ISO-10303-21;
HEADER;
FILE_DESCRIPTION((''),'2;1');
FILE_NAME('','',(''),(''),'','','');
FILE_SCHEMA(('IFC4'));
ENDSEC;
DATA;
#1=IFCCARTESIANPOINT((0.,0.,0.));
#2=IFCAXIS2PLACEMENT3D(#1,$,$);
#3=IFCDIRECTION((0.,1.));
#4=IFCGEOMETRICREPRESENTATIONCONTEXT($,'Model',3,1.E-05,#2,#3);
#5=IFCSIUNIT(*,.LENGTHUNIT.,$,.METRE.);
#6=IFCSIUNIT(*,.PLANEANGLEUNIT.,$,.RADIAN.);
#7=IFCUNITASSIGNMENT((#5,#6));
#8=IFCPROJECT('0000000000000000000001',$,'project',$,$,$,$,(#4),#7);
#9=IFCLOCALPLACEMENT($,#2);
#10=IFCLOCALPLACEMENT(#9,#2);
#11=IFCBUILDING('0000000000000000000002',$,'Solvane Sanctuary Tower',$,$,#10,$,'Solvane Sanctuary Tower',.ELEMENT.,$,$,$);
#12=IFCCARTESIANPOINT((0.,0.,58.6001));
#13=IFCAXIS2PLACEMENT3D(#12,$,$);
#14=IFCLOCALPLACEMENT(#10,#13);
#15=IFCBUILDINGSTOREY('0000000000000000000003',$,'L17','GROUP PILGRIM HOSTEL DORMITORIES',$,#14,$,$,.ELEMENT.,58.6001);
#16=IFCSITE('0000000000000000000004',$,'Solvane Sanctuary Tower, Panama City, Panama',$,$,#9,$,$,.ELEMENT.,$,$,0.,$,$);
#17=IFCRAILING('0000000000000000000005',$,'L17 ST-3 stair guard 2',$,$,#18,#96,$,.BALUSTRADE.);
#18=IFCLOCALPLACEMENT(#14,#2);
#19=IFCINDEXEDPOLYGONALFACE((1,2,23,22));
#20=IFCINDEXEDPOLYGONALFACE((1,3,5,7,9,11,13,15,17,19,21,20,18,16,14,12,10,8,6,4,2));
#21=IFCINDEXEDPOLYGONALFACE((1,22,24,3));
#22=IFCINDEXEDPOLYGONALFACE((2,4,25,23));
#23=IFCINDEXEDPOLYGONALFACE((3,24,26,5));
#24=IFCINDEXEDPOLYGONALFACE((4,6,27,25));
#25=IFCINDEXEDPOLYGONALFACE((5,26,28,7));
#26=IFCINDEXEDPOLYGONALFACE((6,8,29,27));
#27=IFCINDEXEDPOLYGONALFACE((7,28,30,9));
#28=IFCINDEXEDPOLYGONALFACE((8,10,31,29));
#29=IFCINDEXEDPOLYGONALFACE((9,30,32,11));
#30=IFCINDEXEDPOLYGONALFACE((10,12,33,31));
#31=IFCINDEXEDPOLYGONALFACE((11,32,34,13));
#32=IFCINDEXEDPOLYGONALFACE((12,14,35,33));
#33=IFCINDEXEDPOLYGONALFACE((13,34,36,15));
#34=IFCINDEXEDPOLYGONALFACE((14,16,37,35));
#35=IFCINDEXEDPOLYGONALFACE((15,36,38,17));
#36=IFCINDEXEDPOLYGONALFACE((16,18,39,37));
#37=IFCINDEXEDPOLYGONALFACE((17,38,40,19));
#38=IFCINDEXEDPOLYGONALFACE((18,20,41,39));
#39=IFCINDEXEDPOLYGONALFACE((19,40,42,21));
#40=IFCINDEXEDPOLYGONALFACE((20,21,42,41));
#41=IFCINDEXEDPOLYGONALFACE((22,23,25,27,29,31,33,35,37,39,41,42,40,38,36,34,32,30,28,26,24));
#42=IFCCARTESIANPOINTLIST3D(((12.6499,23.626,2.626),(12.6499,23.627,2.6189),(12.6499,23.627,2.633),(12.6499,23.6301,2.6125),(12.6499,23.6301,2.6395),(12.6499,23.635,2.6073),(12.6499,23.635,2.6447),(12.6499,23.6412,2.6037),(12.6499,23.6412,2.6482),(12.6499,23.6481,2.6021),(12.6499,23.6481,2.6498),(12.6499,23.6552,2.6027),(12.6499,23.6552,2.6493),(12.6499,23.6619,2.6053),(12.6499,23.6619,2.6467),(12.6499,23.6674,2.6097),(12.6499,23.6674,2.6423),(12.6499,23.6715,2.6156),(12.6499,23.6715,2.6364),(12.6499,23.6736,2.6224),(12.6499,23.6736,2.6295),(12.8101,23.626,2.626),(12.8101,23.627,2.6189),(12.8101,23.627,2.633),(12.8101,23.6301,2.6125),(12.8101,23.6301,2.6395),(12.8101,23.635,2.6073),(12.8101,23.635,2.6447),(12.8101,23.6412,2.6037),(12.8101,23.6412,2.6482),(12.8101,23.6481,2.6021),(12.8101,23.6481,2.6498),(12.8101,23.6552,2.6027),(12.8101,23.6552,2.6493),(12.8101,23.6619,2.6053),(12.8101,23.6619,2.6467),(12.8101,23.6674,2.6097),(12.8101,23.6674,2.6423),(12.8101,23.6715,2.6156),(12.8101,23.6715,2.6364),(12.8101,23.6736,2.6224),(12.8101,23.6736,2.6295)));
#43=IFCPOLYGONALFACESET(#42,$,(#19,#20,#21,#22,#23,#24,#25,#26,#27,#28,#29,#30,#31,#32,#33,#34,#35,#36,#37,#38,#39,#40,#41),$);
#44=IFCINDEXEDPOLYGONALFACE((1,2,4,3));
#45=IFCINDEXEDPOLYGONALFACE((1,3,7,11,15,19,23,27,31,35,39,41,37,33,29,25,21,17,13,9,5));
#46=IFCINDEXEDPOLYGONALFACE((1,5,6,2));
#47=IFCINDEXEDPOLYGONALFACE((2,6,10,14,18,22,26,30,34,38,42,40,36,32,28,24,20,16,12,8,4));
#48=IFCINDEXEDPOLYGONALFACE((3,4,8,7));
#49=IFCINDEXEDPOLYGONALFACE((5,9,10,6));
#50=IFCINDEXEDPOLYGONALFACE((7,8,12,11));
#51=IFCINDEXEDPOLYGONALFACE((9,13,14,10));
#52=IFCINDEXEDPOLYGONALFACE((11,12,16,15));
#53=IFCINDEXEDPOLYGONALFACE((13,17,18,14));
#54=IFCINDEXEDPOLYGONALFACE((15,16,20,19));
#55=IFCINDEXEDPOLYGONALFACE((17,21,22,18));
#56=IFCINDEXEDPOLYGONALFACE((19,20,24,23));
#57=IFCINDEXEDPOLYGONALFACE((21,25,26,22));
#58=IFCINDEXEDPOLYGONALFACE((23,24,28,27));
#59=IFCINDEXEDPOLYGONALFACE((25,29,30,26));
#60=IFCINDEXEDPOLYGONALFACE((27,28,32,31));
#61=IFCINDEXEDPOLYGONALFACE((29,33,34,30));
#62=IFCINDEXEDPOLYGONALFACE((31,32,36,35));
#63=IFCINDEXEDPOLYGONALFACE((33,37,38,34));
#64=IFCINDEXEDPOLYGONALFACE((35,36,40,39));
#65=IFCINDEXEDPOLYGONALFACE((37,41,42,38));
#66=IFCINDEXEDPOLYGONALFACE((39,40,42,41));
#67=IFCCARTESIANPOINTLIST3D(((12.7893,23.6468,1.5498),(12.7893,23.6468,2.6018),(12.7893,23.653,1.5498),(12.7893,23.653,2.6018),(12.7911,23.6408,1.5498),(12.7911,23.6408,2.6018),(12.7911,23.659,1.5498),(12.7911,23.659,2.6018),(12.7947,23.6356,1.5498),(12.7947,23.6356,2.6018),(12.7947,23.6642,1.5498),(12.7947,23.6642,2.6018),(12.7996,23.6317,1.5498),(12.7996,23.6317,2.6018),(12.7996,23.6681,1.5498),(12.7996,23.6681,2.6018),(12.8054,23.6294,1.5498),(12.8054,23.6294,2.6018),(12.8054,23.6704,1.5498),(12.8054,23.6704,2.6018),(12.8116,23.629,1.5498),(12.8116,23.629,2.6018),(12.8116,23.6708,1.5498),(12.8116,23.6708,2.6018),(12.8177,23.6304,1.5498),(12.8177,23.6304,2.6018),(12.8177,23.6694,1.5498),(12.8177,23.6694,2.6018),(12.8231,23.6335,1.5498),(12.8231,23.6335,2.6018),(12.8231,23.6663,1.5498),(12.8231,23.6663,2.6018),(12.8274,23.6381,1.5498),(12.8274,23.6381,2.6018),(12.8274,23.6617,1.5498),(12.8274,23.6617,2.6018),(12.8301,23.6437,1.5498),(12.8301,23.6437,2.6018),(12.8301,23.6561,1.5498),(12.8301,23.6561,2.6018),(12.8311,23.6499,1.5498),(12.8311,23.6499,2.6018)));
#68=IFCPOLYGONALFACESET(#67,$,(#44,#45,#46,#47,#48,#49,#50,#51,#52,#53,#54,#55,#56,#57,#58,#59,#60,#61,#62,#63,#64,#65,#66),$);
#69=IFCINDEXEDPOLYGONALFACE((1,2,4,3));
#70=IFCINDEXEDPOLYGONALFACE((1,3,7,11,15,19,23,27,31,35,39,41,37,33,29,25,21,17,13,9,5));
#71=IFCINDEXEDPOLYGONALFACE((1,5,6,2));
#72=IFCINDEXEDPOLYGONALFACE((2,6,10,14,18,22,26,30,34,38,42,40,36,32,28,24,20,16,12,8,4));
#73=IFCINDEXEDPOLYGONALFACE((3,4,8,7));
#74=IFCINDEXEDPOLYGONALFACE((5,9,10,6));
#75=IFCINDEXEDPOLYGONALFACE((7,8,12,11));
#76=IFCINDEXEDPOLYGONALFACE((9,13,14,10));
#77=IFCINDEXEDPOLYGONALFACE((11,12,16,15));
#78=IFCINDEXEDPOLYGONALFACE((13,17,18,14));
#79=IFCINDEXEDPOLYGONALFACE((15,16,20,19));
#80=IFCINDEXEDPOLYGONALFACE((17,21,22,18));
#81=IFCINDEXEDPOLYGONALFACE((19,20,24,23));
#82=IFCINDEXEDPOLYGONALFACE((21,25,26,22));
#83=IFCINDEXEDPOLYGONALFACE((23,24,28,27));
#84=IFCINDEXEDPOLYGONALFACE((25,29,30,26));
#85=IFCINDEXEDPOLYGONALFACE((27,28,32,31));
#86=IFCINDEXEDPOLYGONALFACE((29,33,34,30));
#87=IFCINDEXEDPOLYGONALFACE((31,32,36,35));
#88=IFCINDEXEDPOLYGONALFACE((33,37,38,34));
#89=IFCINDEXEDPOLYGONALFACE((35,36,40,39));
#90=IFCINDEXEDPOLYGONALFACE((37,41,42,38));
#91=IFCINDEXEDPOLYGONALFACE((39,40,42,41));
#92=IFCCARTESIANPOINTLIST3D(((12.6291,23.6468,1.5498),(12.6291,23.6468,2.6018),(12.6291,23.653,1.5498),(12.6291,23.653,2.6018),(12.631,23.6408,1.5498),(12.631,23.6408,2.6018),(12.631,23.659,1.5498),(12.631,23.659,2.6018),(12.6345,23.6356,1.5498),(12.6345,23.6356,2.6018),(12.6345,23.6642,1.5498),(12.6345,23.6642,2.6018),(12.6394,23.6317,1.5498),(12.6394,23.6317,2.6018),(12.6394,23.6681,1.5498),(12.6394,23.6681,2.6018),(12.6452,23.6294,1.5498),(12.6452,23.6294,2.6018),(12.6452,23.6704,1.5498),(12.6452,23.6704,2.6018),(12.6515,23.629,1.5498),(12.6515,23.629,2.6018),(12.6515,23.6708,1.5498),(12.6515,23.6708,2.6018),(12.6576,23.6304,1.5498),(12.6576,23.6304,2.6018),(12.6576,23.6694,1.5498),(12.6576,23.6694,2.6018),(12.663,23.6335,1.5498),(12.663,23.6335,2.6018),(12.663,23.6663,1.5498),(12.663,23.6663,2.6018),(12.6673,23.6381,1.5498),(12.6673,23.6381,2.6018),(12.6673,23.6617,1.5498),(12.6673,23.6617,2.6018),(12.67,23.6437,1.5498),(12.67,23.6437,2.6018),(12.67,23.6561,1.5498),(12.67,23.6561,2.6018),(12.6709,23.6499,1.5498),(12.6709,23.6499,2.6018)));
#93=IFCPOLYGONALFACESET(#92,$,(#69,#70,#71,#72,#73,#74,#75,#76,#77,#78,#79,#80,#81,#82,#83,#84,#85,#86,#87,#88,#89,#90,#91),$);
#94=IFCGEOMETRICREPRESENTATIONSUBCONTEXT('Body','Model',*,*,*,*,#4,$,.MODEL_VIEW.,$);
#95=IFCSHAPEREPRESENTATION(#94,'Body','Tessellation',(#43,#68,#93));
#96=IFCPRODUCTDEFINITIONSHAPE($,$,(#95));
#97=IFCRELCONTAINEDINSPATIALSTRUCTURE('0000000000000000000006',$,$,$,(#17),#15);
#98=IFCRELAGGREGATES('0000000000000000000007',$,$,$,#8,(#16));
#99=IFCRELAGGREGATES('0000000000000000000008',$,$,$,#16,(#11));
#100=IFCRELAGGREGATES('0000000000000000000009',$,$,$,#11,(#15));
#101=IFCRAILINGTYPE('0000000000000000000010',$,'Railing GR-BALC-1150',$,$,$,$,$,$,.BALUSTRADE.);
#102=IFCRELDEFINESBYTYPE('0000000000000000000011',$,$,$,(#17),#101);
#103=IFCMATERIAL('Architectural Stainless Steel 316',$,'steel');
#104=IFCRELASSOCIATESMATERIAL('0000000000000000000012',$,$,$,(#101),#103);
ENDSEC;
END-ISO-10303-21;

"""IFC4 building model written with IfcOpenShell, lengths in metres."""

from ifc_helpers import new_model, si_unit, direction, frame, origin, origin_2d, place, context, subcontext, project, spatial, circle, extrude, material, type_object, element, save


model = new_model("IFC4")

# Units and contexts
model_context = context("Model", 3, precision=1e-05, world=origin(), true_north=direction((0.0, 1.0)))
body_context = subcontext(model_context, "Body", "Model", "MODEL_VIEW")
ifc_project = project(units=[si_unit("LENGTHUNIT", "METRE"), si_unit("PLANEANGLEUNIT", "RADIAN")], contexts=[model_context])

# Site, building, storey
site_placement = place(None, origin())
site = spatial("IfcSite", under=ifc_project, at=site_placement, Name="Solvane Sanctuary Tower, Panama City, Panama", CompositionType="ELEMENT", RefElevation=0.0)
building_placement = place(site_placement, origin())
building = spatial("IfcBuilding", under=site, at=building_placement, Name="Solvane Sanctuary Tower", LongName="Solvane Sanctuary Tower", CompositionType="ELEMENT")
storey_placement = place(building_placement, frame((0.0, 0.0, 58.6001)))
storey = spatial("IfcBuildingStorey", under=building, at=storey_placement, Name="L17", Description="GROUP PILGRIM HOSTEL DORMITORIES", CompositionType="ELEMENT", Elevation=58.6001)

# Railing
ifc_material_1 = material(Name="Architectural Stainless Steel 316", Category="steel")
railing_type_1 = type_object("IfcRailingType", Name="Railing GR-BALC-1150", PredefinedType="BALUSTRADE", material=ifc_material_1)
railing_1_placement = place(storey_placement, frame((12.8101, 23.6499, 1.5498)))
element("IfcRailing", 1, at=railing_1_placement, inside=storey, type_object=railing_type_1, Name="L17 ST-3 stair guard 2", PredefinedType="BALUSTRADE", context=body_context, shape_type="SweptSolid", body=[
    extrude(circle(Radius=0.0239, at=origin_2d()), frame((0.0, 0.0, 1.0762), z_axis=(-1.0, 0.0, 0.0), x_axis=(0.0, -1.0, 0.0)), (0.0, 0.0, 1.0), 0.1602),
    extrude(circle(Radius=0.021, at=origin_2d()), origin(), (0.0, 0.0, 1.0), 1.052),
    extrude(circle(Radius=0.021, at=origin_2d()), frame((-0.1602, 0.0, 0.0)), (0.0, 0.0, 1.0), 1.052),
])

save(model, "model.ifc")
